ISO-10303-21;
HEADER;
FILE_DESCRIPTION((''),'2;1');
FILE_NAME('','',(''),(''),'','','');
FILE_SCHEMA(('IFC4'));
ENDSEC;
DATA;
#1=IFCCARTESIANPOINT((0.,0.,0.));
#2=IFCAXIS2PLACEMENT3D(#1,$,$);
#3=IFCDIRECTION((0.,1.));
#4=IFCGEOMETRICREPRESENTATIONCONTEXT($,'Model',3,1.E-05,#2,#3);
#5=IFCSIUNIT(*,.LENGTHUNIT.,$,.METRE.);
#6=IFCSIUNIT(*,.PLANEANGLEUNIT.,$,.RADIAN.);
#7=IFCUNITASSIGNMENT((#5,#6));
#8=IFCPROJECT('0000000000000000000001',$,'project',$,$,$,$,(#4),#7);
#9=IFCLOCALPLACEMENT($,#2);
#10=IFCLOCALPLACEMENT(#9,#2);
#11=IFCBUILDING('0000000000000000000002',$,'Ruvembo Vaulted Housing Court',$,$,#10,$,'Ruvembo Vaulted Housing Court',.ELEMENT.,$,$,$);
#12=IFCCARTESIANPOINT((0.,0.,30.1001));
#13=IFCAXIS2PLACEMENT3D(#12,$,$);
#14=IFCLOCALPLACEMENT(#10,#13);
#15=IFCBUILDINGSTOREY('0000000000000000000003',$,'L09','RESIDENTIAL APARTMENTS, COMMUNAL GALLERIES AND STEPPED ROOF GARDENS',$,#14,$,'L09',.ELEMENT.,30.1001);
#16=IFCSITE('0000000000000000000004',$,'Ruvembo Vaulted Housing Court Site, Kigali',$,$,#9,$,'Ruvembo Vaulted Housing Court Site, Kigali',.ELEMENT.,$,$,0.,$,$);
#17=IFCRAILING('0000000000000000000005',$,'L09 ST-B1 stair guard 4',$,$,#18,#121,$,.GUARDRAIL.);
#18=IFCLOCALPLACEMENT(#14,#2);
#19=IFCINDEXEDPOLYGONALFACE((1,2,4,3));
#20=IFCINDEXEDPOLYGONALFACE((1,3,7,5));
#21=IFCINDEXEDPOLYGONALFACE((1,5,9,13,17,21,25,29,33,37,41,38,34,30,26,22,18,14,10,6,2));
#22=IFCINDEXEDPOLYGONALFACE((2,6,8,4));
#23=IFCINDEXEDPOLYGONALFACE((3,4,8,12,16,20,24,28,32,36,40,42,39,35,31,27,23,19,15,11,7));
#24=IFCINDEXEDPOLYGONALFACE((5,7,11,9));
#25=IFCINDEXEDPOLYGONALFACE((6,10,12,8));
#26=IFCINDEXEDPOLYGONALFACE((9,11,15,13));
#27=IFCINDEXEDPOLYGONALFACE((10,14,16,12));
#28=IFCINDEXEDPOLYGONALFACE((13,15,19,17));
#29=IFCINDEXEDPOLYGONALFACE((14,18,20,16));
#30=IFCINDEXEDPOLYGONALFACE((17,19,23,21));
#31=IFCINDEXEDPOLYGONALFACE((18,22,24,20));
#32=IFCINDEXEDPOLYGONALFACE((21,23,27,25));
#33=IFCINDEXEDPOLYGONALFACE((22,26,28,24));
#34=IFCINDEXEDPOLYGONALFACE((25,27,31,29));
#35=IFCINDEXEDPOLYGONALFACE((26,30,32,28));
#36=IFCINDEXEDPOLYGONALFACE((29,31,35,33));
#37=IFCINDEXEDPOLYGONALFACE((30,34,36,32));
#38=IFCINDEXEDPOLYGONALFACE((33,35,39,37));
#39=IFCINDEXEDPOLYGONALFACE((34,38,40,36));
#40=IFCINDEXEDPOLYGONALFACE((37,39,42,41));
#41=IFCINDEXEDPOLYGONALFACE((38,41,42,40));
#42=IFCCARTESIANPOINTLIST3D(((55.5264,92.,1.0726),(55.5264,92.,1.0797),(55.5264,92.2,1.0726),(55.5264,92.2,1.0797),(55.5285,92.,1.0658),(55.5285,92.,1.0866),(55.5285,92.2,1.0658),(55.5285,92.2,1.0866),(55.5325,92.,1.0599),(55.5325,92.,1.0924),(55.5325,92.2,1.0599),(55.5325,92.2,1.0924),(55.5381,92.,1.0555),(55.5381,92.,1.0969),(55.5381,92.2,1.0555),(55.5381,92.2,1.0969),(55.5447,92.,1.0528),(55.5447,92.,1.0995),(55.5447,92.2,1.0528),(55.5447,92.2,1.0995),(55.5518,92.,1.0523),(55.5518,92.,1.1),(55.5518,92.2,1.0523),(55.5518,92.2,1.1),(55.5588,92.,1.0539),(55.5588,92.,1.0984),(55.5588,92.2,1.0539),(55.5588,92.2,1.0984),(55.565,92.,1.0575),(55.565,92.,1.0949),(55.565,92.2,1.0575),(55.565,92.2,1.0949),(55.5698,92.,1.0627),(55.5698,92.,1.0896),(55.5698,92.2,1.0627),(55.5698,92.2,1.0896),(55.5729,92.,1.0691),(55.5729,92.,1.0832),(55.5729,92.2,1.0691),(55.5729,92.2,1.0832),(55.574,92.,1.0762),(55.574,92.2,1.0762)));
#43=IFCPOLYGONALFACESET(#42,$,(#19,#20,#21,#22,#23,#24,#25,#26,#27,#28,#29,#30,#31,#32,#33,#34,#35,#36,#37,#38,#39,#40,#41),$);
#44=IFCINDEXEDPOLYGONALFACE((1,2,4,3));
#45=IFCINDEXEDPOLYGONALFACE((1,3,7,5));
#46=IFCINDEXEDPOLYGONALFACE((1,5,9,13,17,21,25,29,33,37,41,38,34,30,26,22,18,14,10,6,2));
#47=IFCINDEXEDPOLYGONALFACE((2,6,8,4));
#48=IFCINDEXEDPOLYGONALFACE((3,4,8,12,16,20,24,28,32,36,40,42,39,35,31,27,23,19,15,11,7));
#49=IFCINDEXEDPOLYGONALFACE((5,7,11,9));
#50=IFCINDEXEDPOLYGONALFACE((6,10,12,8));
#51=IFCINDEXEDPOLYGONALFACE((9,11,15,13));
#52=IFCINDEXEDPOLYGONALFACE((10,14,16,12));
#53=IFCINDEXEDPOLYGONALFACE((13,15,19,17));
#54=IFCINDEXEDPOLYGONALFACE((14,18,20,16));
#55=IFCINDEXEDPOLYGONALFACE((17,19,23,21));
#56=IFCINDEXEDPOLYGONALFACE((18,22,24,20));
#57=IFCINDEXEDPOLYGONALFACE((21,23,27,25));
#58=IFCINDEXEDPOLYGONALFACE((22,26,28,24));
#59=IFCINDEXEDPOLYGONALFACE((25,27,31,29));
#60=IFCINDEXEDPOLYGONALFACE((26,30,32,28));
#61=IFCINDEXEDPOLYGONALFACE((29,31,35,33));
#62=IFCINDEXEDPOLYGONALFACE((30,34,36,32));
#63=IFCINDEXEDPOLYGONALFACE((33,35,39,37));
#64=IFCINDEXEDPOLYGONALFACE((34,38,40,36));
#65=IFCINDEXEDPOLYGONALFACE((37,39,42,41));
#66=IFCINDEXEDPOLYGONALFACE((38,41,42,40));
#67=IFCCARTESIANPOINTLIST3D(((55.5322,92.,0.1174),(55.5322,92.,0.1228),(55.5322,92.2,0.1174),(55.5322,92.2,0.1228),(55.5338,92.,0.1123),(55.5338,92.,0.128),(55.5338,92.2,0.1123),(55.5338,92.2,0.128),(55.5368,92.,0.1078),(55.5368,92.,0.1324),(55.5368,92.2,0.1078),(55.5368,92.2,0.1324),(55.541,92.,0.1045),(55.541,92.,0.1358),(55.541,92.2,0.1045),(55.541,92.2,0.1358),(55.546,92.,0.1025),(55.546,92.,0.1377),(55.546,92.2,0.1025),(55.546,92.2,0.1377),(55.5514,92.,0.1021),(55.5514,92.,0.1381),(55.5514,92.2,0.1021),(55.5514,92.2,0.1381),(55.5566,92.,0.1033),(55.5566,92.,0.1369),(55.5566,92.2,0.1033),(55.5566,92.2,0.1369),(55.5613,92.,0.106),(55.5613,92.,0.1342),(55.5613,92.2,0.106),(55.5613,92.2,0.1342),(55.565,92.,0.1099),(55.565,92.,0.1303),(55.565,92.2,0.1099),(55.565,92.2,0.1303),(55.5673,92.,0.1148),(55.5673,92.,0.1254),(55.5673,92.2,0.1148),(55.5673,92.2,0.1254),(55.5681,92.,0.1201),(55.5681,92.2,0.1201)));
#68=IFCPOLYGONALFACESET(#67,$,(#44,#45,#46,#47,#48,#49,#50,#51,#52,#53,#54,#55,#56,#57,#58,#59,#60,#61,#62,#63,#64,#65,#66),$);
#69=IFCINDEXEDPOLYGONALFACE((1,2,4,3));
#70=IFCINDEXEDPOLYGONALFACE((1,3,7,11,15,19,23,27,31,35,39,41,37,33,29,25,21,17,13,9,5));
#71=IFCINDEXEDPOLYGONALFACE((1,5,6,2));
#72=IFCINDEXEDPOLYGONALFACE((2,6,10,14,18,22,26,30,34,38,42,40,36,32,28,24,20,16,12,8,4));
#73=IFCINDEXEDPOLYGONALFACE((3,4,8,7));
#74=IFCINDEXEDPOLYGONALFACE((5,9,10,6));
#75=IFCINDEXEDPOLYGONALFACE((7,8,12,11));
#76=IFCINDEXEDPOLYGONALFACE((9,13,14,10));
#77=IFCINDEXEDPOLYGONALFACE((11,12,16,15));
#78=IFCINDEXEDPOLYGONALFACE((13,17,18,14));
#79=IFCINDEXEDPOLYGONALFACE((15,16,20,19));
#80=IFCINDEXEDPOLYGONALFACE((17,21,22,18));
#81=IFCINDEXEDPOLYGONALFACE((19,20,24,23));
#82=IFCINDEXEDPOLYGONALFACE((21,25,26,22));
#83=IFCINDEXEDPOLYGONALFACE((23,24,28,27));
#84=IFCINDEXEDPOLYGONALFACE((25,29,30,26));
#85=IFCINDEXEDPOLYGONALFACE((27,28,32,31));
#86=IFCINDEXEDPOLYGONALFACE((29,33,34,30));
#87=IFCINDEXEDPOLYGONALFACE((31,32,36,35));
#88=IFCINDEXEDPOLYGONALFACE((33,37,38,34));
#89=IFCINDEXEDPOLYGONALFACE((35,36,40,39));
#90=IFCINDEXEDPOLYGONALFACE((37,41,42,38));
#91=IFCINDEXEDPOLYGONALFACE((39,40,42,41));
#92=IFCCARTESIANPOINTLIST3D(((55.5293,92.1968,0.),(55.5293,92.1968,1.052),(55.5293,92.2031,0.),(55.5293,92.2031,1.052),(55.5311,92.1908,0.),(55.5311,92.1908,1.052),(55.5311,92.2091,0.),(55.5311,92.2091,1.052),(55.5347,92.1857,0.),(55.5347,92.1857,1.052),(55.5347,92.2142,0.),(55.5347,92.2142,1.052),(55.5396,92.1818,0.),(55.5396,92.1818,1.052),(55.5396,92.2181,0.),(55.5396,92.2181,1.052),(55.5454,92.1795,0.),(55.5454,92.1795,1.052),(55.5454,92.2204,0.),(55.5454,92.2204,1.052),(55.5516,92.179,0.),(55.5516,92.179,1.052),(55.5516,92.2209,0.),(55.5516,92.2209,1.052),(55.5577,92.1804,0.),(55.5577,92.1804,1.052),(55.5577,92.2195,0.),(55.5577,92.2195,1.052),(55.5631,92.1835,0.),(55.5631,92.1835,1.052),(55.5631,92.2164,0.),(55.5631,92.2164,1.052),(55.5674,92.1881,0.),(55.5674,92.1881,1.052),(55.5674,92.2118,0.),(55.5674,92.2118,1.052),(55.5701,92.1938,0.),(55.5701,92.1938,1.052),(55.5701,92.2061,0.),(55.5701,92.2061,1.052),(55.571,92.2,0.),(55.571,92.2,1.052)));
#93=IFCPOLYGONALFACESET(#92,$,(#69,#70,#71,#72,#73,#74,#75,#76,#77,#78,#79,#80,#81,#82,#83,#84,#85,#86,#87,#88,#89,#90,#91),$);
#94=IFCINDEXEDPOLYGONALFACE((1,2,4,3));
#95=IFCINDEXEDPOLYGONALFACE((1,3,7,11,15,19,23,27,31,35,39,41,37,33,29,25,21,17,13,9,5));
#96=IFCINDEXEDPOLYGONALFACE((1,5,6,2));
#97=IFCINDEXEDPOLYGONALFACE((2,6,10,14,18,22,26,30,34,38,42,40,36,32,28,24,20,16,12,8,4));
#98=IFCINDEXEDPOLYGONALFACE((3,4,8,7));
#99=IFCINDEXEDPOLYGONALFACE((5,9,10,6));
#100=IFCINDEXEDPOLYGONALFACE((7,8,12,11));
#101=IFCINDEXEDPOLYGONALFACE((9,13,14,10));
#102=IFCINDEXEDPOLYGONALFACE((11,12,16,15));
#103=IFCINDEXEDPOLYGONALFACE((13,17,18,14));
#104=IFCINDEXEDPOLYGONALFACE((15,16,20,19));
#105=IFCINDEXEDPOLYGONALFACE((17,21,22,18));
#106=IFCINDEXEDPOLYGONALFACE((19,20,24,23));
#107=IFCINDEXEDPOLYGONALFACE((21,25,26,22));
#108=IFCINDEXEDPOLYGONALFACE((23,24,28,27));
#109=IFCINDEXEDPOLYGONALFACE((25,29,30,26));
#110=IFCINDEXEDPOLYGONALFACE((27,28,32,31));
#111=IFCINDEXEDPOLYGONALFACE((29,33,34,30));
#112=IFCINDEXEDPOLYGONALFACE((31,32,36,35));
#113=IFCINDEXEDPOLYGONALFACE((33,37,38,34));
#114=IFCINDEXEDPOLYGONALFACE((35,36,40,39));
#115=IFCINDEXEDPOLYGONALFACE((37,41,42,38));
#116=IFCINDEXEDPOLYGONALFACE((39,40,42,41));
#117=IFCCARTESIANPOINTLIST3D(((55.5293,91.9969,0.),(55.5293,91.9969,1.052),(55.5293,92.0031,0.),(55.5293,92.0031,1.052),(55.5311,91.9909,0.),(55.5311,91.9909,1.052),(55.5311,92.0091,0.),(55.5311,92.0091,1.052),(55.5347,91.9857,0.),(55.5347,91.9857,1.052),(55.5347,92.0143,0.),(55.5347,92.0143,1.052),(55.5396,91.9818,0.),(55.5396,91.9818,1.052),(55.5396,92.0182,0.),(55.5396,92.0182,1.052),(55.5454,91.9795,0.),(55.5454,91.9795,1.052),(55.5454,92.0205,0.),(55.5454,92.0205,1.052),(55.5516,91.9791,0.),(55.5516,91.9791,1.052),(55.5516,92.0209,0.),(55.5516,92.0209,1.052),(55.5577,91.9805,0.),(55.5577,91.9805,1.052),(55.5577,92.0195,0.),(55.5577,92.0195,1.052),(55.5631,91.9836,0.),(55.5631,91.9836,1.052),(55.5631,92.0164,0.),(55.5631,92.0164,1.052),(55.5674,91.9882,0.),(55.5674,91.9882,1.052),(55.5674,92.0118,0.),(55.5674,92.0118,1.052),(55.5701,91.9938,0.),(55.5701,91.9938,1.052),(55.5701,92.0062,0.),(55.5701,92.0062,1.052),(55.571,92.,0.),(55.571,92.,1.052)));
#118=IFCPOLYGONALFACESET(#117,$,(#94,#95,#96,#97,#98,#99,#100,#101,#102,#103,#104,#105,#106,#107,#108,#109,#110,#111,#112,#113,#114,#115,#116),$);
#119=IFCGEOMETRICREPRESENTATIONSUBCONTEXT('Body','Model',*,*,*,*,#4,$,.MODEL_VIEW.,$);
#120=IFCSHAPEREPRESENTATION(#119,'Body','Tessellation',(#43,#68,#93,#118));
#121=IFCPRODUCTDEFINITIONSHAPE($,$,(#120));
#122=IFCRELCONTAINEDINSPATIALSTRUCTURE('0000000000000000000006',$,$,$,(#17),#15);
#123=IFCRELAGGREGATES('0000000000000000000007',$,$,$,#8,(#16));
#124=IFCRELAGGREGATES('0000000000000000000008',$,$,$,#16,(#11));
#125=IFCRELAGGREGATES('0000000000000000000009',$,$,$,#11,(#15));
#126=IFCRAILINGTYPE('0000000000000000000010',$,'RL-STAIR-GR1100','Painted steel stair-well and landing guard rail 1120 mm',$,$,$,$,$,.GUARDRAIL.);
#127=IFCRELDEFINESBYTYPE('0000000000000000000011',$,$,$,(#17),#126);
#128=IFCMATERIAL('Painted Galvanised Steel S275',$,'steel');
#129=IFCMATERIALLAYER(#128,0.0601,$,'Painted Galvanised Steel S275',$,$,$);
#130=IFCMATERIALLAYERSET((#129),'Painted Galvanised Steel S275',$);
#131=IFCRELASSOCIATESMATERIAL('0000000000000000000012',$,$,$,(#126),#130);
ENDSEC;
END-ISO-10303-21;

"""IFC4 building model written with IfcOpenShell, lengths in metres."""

from ifc_helpers import new_model, si_unit, direction, frame, origin, origin_2d, place, context, subcontext, project, spatial, circle, extrude, material, layer, layer_set, type_object, element, save


model = new_model("IFC4")

# Units and contexts
model_context = context("Model", 3, precision=1e-05, world=origin(), true_north=direction((0.0, 1.0)))
body_context = subcontext(model_context, "Body", "Model", "MODEL_VIEW")
ifc_project = project(units=[si_unit("LENGTHUNIT", "METRE"), si_unit("PLANEANGLEUNIT", "RADIAN")], contexts=[model_context])

# Site, building, storey
site_placement = place(None, origin())
site = spatial("IfcSite", under=ifc_project, at=site_placement, Name="Ruvembo Vaulted Housing Court Site, Kigali", LongName="Ruvembo Vaulted Housing Court Site, Kigali", CompositionType="ELEMENT", RefElevation=0.0)
building_placement = place(site_placement, origin())
building = spatial("IfcBuilding", under=site, at=building_placement, Name="Ruvembo Vaulted Housing Court", LongName="Ruvembo Vaulted Housing Court", CompositionType="ELEMENT")
storey_placement = place(building_placement, frame((0.0, 0.0, 30.1001)))
storey = spatial("IfcBuildingStorey", under=building, at=storey_placement, Name="L09", Description="RESIDENTIAL APARTMENTS, COMMUNAL GALLERIES AND STEPPED ROOF GARDENS", LongName="L09", CompositionType="ELEMENT", Elevation=30.1001)

# Railing
ifc_material_1 = material(Name="Painted Galvanised Steel S275", Category="steel")
ifc_layer_1 = layer(ifc_material_1, 0.0601, Name="Painted Galvanised Steel S275")
ifc_layer_set_1 = layer_set([ifc_layer_1], Name="Painted Galvanised Steel S275")
railing_type_1 = type_object("IfcRailingType", Name="RL-STAIR-GR1100", Description="Painted steel stair-well and landing guard rail 1120 mm", PredefinedType="GUARDRAIL", material=ifc_layer_set_1)
railing_1_placement = place(storey_placement, frame((55.55, 92.2, 0.0)))
element("IfcRailing", 1, at=railing_1_placement, inside=storey, type_object=railing_type_1, Name="L09 ST-B1 stair guard 4", PredefinedType="GUARDRAIL", context=body_context, shape_type="SweptSolid", body=[
    extrude(circle(Radius=0.0239, at=origin_2d()), frame((0.0, 0.0, 1.0762), z_axis=(0.0, -1.0, 0.0), x_axis=(1.0, 0.0, 0.0)), (0.0, 0.0, 1.0), 0.2),
    extrude(circle(Radius=0.0181, at=origin_2d()), frame((0.0, 0.0, 0.1201), z_axis=(0.0, -1.0, 0.0), x_axis=(1.0, 0.0, 0.0)), (0.0, 0.0, 1.0), 0.2),
    extrude(circle(Radius=0.021, at=origin_2d()), origin(), (0.0, 0.0, 1.0), 1.052),
    extrude(circle(Radius=0.021, at=origin_2d()), frame((0.0, -0.2, 0.0)), (0.0, 0.0, 1.0), 1.052),
])

save(model, "model.ifc")
